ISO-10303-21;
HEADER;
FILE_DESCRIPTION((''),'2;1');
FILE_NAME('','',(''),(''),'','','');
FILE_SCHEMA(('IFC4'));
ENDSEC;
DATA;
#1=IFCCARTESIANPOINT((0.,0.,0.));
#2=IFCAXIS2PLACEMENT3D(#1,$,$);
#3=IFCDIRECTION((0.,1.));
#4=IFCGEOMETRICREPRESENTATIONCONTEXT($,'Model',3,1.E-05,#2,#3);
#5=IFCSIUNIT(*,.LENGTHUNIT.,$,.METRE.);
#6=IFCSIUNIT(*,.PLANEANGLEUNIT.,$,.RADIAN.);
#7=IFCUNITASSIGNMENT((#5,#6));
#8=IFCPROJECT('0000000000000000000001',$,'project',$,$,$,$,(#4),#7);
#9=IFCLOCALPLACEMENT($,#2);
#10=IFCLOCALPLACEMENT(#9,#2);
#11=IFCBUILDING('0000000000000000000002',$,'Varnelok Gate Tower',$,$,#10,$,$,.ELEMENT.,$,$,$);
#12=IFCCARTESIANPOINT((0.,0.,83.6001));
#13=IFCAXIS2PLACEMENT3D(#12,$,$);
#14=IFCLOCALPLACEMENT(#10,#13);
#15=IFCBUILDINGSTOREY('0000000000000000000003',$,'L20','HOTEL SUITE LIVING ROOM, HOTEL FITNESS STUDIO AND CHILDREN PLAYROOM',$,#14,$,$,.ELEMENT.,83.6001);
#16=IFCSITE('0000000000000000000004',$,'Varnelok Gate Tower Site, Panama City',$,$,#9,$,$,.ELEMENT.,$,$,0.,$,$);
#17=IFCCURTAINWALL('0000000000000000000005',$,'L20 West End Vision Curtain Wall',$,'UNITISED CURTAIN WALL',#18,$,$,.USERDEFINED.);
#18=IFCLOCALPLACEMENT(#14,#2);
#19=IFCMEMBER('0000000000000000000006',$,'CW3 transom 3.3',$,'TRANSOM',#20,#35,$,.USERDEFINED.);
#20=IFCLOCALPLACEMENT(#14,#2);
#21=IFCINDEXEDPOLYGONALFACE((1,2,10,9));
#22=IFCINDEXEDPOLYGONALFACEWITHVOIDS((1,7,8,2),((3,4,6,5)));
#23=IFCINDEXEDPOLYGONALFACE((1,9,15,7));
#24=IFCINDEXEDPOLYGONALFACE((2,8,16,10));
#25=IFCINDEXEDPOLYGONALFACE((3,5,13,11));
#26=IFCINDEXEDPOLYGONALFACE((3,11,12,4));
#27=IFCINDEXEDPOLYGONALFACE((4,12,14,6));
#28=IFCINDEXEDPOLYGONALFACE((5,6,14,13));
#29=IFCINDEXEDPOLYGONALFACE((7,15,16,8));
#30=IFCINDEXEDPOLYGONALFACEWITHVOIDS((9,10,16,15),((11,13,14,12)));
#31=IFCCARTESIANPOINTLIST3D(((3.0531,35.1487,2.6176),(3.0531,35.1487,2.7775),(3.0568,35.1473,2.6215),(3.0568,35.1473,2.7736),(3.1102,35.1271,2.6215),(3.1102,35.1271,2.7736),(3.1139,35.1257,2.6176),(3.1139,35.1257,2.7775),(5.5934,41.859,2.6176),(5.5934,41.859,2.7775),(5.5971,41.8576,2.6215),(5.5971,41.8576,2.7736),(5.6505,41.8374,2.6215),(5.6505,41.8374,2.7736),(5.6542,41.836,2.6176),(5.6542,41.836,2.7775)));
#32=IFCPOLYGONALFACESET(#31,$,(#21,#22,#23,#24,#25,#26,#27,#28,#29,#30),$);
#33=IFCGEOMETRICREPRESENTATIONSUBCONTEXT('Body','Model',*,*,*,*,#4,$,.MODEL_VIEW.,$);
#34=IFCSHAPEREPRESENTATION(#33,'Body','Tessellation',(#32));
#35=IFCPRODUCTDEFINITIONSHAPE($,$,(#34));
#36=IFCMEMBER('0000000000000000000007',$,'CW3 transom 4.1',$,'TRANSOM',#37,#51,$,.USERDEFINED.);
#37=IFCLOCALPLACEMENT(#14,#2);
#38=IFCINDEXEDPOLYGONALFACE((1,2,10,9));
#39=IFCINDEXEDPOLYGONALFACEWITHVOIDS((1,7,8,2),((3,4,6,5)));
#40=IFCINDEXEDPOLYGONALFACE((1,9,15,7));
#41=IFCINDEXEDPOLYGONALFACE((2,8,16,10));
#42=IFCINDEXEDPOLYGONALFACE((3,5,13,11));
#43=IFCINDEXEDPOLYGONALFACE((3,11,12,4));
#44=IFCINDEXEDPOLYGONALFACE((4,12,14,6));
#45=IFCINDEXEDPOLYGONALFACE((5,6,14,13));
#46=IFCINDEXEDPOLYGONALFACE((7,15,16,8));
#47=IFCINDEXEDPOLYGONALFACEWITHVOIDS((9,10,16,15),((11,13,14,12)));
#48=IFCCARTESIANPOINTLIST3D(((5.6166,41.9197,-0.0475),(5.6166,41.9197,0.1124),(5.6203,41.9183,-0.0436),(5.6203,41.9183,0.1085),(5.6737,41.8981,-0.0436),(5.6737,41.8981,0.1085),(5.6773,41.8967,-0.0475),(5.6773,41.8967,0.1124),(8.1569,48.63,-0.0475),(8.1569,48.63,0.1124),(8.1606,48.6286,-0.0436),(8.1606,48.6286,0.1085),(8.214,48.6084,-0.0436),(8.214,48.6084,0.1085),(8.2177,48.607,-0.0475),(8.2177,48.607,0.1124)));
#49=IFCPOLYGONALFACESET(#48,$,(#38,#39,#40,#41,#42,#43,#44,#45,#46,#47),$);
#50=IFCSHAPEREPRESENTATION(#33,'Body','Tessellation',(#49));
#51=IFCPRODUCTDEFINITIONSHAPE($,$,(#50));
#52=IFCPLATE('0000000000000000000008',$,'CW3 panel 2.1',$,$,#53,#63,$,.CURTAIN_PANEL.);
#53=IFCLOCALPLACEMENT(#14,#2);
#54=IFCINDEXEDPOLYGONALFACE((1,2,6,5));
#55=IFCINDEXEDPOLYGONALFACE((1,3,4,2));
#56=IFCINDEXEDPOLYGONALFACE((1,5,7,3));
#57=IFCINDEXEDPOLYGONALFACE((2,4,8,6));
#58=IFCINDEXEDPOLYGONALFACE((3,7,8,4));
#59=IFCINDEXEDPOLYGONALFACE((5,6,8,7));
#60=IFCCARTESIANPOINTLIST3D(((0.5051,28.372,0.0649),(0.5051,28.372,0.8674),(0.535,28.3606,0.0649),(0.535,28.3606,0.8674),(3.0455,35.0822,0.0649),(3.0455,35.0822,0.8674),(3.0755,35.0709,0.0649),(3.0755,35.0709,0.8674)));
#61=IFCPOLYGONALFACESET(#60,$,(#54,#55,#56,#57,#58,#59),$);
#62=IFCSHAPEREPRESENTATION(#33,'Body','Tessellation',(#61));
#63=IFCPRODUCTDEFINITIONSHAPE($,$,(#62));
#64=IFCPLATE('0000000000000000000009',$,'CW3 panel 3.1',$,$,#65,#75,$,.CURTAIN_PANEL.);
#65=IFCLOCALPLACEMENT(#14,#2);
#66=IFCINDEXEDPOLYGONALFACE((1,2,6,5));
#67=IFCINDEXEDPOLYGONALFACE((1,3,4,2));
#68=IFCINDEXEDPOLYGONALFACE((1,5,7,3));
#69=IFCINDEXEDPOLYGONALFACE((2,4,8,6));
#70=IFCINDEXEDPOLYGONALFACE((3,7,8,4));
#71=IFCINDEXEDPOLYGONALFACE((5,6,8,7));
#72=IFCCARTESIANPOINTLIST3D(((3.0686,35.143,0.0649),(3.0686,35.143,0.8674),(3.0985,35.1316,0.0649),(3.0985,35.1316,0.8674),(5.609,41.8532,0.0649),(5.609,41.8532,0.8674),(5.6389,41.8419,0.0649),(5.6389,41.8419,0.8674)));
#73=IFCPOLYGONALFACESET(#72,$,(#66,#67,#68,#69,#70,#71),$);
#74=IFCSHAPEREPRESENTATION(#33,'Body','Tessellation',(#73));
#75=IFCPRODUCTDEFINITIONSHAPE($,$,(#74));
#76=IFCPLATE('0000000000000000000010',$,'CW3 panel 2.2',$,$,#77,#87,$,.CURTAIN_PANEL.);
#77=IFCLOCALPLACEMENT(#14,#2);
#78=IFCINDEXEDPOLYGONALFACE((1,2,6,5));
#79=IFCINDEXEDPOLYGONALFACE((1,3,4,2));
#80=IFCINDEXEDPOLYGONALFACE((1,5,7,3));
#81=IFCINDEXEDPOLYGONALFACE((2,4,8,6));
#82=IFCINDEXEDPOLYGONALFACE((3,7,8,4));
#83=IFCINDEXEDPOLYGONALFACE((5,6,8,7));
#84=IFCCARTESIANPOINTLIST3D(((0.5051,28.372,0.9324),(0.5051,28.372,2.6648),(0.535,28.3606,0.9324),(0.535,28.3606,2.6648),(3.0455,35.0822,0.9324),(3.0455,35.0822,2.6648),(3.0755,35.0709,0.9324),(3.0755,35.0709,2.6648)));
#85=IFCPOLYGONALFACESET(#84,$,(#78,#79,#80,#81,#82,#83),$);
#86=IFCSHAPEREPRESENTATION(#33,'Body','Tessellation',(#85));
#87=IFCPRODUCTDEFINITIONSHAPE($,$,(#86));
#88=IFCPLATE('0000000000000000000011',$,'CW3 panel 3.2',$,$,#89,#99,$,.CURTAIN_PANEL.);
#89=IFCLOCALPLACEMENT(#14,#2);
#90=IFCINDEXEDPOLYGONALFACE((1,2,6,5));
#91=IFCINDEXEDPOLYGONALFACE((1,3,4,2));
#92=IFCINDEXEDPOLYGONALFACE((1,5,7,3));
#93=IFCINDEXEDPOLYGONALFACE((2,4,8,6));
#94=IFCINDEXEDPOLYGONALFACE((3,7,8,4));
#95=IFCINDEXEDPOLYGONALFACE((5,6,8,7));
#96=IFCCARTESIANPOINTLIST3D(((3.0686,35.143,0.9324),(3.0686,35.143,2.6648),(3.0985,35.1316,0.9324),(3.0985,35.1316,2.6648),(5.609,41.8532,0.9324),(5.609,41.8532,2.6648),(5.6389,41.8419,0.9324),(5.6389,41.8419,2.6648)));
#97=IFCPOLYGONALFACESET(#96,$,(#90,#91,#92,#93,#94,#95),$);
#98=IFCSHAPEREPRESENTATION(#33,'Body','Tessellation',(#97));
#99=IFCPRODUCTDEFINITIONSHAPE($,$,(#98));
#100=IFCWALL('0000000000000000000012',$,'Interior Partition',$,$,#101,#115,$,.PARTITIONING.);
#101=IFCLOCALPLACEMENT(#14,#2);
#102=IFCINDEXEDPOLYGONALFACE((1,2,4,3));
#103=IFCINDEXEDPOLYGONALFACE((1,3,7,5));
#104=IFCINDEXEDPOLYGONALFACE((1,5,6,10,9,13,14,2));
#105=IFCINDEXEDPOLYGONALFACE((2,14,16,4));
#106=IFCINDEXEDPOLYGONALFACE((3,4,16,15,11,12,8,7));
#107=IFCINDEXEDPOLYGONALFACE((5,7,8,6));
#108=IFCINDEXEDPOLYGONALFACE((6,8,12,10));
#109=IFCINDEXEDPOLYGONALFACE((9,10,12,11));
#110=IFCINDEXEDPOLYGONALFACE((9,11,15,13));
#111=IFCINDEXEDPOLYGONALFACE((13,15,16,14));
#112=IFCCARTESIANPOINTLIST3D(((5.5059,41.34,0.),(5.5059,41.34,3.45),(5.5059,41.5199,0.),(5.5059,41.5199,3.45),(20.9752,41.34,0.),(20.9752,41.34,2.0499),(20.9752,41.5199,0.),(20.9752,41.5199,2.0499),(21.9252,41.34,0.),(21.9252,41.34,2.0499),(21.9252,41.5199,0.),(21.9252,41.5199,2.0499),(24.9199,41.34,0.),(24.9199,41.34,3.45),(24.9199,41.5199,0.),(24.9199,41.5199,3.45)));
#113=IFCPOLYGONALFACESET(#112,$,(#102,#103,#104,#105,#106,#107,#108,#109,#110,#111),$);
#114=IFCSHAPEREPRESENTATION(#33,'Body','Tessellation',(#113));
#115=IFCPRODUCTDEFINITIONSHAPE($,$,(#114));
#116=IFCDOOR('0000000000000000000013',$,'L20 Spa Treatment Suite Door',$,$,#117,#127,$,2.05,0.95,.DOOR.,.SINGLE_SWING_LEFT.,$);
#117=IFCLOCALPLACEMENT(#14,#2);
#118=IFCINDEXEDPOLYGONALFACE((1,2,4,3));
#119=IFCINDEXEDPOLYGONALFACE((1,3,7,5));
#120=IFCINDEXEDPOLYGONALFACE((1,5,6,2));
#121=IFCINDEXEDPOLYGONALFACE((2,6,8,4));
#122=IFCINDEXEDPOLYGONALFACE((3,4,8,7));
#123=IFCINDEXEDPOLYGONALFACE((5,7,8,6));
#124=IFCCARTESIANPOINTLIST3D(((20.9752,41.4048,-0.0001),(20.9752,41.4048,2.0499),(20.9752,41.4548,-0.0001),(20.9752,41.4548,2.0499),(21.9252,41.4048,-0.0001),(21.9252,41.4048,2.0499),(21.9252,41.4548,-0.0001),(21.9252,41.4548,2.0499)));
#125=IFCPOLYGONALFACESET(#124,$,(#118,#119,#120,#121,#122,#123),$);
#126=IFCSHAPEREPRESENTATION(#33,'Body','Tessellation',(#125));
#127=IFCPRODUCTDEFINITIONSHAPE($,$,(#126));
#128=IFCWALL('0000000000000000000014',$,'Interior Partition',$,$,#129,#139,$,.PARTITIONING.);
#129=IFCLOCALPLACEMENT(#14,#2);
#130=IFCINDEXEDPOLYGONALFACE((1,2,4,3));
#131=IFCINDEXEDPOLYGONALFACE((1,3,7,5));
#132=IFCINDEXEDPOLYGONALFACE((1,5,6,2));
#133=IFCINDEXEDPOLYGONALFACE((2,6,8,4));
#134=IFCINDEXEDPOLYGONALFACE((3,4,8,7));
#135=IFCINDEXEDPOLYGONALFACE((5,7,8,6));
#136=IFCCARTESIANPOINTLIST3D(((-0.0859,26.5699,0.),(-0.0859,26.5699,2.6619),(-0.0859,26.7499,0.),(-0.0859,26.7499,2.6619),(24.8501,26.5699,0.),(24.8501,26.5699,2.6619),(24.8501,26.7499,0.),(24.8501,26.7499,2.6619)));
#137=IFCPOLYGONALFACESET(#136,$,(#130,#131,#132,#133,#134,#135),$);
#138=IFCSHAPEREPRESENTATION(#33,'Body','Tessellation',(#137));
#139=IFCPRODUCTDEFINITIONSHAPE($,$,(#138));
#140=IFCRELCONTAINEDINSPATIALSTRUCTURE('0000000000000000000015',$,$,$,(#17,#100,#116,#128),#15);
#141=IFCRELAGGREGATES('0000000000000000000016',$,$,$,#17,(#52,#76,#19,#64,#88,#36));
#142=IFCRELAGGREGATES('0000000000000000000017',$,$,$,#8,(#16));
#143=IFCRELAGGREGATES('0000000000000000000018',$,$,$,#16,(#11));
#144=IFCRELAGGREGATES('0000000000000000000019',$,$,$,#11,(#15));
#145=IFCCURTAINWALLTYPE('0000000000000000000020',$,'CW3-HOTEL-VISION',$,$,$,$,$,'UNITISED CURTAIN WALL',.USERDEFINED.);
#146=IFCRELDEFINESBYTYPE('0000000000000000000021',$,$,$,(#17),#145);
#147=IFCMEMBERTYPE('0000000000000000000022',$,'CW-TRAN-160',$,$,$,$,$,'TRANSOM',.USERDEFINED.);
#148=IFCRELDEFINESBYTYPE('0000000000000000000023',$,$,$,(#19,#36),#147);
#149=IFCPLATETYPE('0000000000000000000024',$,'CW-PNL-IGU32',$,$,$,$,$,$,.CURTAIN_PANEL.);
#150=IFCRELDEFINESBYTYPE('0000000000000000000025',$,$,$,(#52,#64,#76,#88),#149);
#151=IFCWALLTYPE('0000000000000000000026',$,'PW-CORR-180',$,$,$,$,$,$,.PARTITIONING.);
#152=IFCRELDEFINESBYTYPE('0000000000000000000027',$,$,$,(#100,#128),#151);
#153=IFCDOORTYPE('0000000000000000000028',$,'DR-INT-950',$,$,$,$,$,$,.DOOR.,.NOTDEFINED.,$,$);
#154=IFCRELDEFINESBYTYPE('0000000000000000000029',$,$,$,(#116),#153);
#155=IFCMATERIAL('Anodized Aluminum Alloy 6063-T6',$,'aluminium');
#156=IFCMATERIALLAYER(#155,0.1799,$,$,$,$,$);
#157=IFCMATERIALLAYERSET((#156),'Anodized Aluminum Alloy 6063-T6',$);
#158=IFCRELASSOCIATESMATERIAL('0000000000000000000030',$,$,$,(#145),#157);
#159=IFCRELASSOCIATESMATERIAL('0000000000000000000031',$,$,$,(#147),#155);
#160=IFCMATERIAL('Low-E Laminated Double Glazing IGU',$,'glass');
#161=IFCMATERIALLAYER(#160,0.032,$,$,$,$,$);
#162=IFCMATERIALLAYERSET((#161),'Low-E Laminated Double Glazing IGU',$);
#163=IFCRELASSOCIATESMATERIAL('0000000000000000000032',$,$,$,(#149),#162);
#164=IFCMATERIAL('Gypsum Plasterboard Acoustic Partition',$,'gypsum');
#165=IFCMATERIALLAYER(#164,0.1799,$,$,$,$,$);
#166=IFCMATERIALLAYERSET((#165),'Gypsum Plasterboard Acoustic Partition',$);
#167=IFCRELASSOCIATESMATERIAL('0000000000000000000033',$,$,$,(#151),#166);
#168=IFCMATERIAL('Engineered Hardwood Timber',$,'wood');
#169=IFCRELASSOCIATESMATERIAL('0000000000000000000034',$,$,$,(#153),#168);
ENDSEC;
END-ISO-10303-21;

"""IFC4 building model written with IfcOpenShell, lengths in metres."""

from ifc_helpers import new_model, si_unit, direction, frame, frame_2d, origin, origin_2d, place, context, subcontext, project, spatial, rectangle, hollow_rectangle, extrude, source, transform, mapped, material, layer, layer_set, material_profile, profile_set, type_object, element, fill, aggregate, save


model = new_model("IFC4")

# Units and contexts
model_context = context("Model", 3, precision=1e-05, world=origin(), true_north=direction((0.0, 1.0)))
body_context = subcontext(model_context, "Body", "Model", "MODEL_VIEW")
ifc_project = project(units=[si_unit("LENGTHUNIT", "METRE"), si_unit("PLANEANGLEUNIT", "RADIAN")], contexts=[model_context])

# Site, building, storey
site_placement = place(None, origin())
site = spatial("IfcSite", under=ifc_project, at=site_placement, Name="Varnelok Gate Tower Site, Panama City", CompositionType="ELEMENT", RefElevation=0.0)
building_placement = place(site_placement, origin())
building = spatial("IfcBuilding", under=site, at=building_placement, Name="Varnelok Gate Tower", CompositionType="ELEMENT")
storey_placement = place(building_placement, frame((0.0, 0.0, 83.6001)))
storey = spatial("IfcBuildingStorey", under=building, at=storey_placement, Name="L20", Description="HOTEL SUITE LIVING ROOM, HOTEL FITNESS STUDIO AND CHILDREN PLAYROOM", CompositionType="ELEMENT", Elevation=83.6001)

# Curtain wall, members, plates
ifc_material_1 = material(Name="Anodized Aluminum Alloy 6063-T6", Category="aluminium")
ifc_layer_1 = layer(ifc_material_1, 0.1799)
ifc_layer_set_1 = layer_set([ifc_layer_1], Name="Anodized Aluminum Alloy 6063-T6")
curtain_wall_type = type_object("IfcCurtainWallType", Name="CW3-HOTEL-VISION", ElementType="UNITISED CURTAIN WALL", PredefinedType="USERDEFINED", material=ifc_layer_set_1)
curtain_wall_placement = place(storey_placement, origin())
curtain_wall = element("IfcCurtainWall", 1, at=curtain_wall_placement, inside=storey, type_object=curtain_wall_type, Name="L20 West End Vision Curtain Wall", ObjectType="UNITISED CURTAIN WALL", PredefinedType="USERDEFINED")
ifc_material_profile_1 = material_profile(ifc_material_1, hollow_rectangle(XDim=0.0649, YDim=0.1599, WallThickness=0.0039, at=origin_2d()), Name="ALU160X65X4")
ifc_profile_set_1 = profile_set([ifc_material_profile_1], Name="Anodized Aluminum Alloy 6063-T6")
member_type_1 = type_object("IfcMemberType", Name="CW-TRAN-160", ElementType="TRANSOM", PredefinedType="USERDEFINED", material=ifc_profile_set_1)
member_1_placement = place(storey_placement, frame((3.0835, 35.1372, 2.6975), z_axis=(0.354049, 0.935227, 0.0), x_axis=(-0.935227, 0.354049, 0.0)))
member_1 = element("IfcMember", 2, at=member_1_placement, type_object=member_type_1, Name="CW3 transom 3.3", ObjectType="TRANSOM", PredefinedType="USERDEFINED", context=body_context, shape_type="SweptSolid", body=[
    extrude(hollow_rectangle(XDim=0.0649, YDim=0.1599, WallThickness=0.0039, at=origin_2d()), origin(), (0.0, 0.0, 1.0), 7.175),
])
member_2_placement = place(storey_placement, frame((5.647, 41.9082, 0.0325), z_axis=(0.354049, 0.935227, 0.0), x_axis=(-0.935227, 0.354049, 0.0)))
member_2 = element("IfcMember", 3, at=member_2_placement, type_object=member_type_1, Name="CW3 transom 4.1", ObjectType="TRANSOM", PredefinedType="USERDEFINED", context=body_context, shape_type="SweptSolid", body=[
    extrude(hollow_rectangle(XDim=0.0649, YDim=0.1599, WallThickness=0.0039, at=origin_2d()), origin(), (0.0, 0.0, 1.0), 7.175),
])
ifc_material_2 = material(Name="Low-E Laminated Double Glazing IGU", Category="glass")
ifc_layer_2 = layer(ifc_material_2, 0.032)
ifc_layer_set_2 = layer_set([ifc_layer_2], Name="Low-E Laminated Double Glazing IGU")
plate_type = type_object("IfcPlateType", Name="CW-PNL-IGU32", PredefinedType="CURTAIN_PANEL", material=ifc_layer_set_2)
shared_shape_1 = source(origin(), body_context, "Body", "SweptSolid", [
    extrude(rectangle(XDim=7.175, YDim=0.032, at=origin_2d()), origin(), (0.0, 0.0, 1.0), 0.8025),
])
plate_1_placement = place(storey_placement, frame((1.7903, 31.7214, 0.0649), z_axis=(0.0, 0.0, 1.0), x_axis=(0.354064, 0.935221, 0.0)))
plate_1 = element("IfcPlate", 4, at=plate_1_placement, type_object=plate_type, Name="CW3 panel 2.1", PredefinedType="CURTAIN_PANEL", context=body_context, shape_type="MappedRepresentation", body=[
    mapped(shared_shape_1, transform((0.0, 0.0, 0.0), scale=1.0)),
])
plate_2_placement = place(storey_placement, frame((4.3538, 38.4924, 0.0649), z_axis=(0.0, 0.0, 1.0), x_axis=(0.354064, 0.935221, 0.0)))
plate_2 = element("IfcPlate", 5, at=plate_2_placement, type_object=plate_type, Name="CW3 panel 3.1", PredefinedType="CURTAIN_PANEL", context=body_context, shape_type="MappedRepresentation", body=[
    mapped(shared_shape_1, transform((0.0, 0.0, 0.0), scale=1.0)),
])
shared_shape_2 = source(origin(), body_context, "Body", "SweptSolid", [
    extrude(rectangle(XDim=7.175, YDim=0.032, at=origin_2d()), origin(), (0.0, 0.0, 1.0), 1.7324),
])
plate_3_placement = place(storey_placement, frame((1.7903, 31.7214, 0.9324), z_axis=(0.0, 0.0, 1.0), x_axis=(0.354064, 0.935221, 0.0)))
plate_3 = element("IfcPlate", 6, at=plate_3_placement, type_object=plate_type, Name="CW3 panel 2.2", PredefinedType="CURTAIN_PANEL", context=body_context, shape_type="MappedRepresentation", body=[
    mapped(shared_shape_2, transform((0.0, 0.0, 0.0), scale=1.0)),
])
plate_4_placement = place(storey_placement, frame((4.3538, 38.4924, 0.9324), z_axis=(0.0, 0.0, 1.0), x_axis=(0.354064, 0.935221, 0.0)))
plate_4 = element("IfcPlate", 7, at=plate_4_placement, type_object=plate_type, Name="CW3 panel 3.2", PredefinedType="CURTAIN_PANEL", context=body_context, shape_type="MappedRepresentation", body=[
    mapped(shared_shape_2, transform((0.0, 0.0, 0.0), scale=1.0)),
])
aggregate(curtain_wall, [plate_1, plate_3, member_1, plate_2, plate_4, member_2])

# Wall, opening, door
ifc_material_3 = material(Name="Gypsum Plasterboard Acoustic Partition", Category="gypsum")
ifc_layer_3 = layer(ifc_material_3, 0.1799)
ifc_layer_set_3 = layer_set([ifc_layer_3], Name="Gypsum Plasterboard Acoustic Partition")
wall_type = type_object("IfcWallType", Name="PW-CORR-180", PredefinedType="PARTITIONING", material=ifc_layer_set_3)
wall_1_placement = place(storey_placement, frame((5.5059, 41.4299, 0.0), z_axis=(0.0, 0.0, 1.0), x_axis=(1.0, 0.0, 0.0)))
wall_1 = element("IfcWall", 8, at=wall_1_placement, inside=storey, type_object=wall_type, Name="Interior Partition", PredefinedType="PARTITIONING", context=body_context, shape_type="SweptSolid", body=[
    extrude(rectangle(XDim=19.4141, YDim=0.1799, at=frame_2d((9.707, 0.0))), origin(), (0.0, 0.0, 1.0), 3.45),
])
opening_placement = place(wall_1_placement, frame((15.4692, 0.0, 0.0)))
opening = element("IfcOpeningElement", 9, at=opening_placement, cuts=wall_1, PredefinedType="OPENING", context=body_context, shape_type="SweptSolid", body=[
    extrude(rectangle(XDim=0.95, YDim=2.05, at=frame_2d((0.4751, 1.0249))), frame((0.0, 0.0999, 0.0), z_axis=(0.0, -1.0, 0.0), x_axis=(1.0, 0.0, 0.0)), (0.0, 0.0, 1.0), 0.2),
])
ifc_material_4 = material(Name="Engineered Hardwood Timber", Category="wood")
door_type = type_object("IfcDoorType", Name="DR-INT-950", OperationType="NOTDEFINED", PredefinedType="DOOR", material=ifc_material_4)
door_placement = place(opening_placement, origin())
door = element("IfcDoor", 10, at=door_placement, inside=storey, type_object=door_type, Name="L20 Spa Treatment Suite Door", OperationType="SINGLE_SWING_LEFT", OverallHeight=2.05, OverallWidth=0.95, PredefinedType="DOOR", context=body_context, shape_type="SweptSolid", body=[
    extrude(rectangle(XDim=0.95, YDim=2.05, at=frame_2d((0.4751, 1.0249))), frame((0.0, 0.0249, 0.0), z_axis=(0.0, -1.0, 0.0), x_axis=(1.0, 0.0, 0.0)), (0.0, 0.0, 1.0), 0.05),
])
fill(opening, door)

# Wall
wall_2_placement = place(storey_placement, frame((-0.0859, 26.6599, 0.0), z_axis=(0.0, 0.0, 1.0), x_axis=(1.0, 0.0, 0.0)))
element("IfcWall", 11, at=wall_2_placement, inside=storey, type_object=wall_type, Name="Interior Partition", PredefinedType="PARTITIONING", context=body_context, shape_type="SweptSolid", body=[
    extrude(rectangle(XDim=24.936, YDim=0.1799, at=frame_2d((12.468, 0.0))), origin(), (0.0, 0.0, 1.0), 2.6619),
])

save(model, "model.ifc")
